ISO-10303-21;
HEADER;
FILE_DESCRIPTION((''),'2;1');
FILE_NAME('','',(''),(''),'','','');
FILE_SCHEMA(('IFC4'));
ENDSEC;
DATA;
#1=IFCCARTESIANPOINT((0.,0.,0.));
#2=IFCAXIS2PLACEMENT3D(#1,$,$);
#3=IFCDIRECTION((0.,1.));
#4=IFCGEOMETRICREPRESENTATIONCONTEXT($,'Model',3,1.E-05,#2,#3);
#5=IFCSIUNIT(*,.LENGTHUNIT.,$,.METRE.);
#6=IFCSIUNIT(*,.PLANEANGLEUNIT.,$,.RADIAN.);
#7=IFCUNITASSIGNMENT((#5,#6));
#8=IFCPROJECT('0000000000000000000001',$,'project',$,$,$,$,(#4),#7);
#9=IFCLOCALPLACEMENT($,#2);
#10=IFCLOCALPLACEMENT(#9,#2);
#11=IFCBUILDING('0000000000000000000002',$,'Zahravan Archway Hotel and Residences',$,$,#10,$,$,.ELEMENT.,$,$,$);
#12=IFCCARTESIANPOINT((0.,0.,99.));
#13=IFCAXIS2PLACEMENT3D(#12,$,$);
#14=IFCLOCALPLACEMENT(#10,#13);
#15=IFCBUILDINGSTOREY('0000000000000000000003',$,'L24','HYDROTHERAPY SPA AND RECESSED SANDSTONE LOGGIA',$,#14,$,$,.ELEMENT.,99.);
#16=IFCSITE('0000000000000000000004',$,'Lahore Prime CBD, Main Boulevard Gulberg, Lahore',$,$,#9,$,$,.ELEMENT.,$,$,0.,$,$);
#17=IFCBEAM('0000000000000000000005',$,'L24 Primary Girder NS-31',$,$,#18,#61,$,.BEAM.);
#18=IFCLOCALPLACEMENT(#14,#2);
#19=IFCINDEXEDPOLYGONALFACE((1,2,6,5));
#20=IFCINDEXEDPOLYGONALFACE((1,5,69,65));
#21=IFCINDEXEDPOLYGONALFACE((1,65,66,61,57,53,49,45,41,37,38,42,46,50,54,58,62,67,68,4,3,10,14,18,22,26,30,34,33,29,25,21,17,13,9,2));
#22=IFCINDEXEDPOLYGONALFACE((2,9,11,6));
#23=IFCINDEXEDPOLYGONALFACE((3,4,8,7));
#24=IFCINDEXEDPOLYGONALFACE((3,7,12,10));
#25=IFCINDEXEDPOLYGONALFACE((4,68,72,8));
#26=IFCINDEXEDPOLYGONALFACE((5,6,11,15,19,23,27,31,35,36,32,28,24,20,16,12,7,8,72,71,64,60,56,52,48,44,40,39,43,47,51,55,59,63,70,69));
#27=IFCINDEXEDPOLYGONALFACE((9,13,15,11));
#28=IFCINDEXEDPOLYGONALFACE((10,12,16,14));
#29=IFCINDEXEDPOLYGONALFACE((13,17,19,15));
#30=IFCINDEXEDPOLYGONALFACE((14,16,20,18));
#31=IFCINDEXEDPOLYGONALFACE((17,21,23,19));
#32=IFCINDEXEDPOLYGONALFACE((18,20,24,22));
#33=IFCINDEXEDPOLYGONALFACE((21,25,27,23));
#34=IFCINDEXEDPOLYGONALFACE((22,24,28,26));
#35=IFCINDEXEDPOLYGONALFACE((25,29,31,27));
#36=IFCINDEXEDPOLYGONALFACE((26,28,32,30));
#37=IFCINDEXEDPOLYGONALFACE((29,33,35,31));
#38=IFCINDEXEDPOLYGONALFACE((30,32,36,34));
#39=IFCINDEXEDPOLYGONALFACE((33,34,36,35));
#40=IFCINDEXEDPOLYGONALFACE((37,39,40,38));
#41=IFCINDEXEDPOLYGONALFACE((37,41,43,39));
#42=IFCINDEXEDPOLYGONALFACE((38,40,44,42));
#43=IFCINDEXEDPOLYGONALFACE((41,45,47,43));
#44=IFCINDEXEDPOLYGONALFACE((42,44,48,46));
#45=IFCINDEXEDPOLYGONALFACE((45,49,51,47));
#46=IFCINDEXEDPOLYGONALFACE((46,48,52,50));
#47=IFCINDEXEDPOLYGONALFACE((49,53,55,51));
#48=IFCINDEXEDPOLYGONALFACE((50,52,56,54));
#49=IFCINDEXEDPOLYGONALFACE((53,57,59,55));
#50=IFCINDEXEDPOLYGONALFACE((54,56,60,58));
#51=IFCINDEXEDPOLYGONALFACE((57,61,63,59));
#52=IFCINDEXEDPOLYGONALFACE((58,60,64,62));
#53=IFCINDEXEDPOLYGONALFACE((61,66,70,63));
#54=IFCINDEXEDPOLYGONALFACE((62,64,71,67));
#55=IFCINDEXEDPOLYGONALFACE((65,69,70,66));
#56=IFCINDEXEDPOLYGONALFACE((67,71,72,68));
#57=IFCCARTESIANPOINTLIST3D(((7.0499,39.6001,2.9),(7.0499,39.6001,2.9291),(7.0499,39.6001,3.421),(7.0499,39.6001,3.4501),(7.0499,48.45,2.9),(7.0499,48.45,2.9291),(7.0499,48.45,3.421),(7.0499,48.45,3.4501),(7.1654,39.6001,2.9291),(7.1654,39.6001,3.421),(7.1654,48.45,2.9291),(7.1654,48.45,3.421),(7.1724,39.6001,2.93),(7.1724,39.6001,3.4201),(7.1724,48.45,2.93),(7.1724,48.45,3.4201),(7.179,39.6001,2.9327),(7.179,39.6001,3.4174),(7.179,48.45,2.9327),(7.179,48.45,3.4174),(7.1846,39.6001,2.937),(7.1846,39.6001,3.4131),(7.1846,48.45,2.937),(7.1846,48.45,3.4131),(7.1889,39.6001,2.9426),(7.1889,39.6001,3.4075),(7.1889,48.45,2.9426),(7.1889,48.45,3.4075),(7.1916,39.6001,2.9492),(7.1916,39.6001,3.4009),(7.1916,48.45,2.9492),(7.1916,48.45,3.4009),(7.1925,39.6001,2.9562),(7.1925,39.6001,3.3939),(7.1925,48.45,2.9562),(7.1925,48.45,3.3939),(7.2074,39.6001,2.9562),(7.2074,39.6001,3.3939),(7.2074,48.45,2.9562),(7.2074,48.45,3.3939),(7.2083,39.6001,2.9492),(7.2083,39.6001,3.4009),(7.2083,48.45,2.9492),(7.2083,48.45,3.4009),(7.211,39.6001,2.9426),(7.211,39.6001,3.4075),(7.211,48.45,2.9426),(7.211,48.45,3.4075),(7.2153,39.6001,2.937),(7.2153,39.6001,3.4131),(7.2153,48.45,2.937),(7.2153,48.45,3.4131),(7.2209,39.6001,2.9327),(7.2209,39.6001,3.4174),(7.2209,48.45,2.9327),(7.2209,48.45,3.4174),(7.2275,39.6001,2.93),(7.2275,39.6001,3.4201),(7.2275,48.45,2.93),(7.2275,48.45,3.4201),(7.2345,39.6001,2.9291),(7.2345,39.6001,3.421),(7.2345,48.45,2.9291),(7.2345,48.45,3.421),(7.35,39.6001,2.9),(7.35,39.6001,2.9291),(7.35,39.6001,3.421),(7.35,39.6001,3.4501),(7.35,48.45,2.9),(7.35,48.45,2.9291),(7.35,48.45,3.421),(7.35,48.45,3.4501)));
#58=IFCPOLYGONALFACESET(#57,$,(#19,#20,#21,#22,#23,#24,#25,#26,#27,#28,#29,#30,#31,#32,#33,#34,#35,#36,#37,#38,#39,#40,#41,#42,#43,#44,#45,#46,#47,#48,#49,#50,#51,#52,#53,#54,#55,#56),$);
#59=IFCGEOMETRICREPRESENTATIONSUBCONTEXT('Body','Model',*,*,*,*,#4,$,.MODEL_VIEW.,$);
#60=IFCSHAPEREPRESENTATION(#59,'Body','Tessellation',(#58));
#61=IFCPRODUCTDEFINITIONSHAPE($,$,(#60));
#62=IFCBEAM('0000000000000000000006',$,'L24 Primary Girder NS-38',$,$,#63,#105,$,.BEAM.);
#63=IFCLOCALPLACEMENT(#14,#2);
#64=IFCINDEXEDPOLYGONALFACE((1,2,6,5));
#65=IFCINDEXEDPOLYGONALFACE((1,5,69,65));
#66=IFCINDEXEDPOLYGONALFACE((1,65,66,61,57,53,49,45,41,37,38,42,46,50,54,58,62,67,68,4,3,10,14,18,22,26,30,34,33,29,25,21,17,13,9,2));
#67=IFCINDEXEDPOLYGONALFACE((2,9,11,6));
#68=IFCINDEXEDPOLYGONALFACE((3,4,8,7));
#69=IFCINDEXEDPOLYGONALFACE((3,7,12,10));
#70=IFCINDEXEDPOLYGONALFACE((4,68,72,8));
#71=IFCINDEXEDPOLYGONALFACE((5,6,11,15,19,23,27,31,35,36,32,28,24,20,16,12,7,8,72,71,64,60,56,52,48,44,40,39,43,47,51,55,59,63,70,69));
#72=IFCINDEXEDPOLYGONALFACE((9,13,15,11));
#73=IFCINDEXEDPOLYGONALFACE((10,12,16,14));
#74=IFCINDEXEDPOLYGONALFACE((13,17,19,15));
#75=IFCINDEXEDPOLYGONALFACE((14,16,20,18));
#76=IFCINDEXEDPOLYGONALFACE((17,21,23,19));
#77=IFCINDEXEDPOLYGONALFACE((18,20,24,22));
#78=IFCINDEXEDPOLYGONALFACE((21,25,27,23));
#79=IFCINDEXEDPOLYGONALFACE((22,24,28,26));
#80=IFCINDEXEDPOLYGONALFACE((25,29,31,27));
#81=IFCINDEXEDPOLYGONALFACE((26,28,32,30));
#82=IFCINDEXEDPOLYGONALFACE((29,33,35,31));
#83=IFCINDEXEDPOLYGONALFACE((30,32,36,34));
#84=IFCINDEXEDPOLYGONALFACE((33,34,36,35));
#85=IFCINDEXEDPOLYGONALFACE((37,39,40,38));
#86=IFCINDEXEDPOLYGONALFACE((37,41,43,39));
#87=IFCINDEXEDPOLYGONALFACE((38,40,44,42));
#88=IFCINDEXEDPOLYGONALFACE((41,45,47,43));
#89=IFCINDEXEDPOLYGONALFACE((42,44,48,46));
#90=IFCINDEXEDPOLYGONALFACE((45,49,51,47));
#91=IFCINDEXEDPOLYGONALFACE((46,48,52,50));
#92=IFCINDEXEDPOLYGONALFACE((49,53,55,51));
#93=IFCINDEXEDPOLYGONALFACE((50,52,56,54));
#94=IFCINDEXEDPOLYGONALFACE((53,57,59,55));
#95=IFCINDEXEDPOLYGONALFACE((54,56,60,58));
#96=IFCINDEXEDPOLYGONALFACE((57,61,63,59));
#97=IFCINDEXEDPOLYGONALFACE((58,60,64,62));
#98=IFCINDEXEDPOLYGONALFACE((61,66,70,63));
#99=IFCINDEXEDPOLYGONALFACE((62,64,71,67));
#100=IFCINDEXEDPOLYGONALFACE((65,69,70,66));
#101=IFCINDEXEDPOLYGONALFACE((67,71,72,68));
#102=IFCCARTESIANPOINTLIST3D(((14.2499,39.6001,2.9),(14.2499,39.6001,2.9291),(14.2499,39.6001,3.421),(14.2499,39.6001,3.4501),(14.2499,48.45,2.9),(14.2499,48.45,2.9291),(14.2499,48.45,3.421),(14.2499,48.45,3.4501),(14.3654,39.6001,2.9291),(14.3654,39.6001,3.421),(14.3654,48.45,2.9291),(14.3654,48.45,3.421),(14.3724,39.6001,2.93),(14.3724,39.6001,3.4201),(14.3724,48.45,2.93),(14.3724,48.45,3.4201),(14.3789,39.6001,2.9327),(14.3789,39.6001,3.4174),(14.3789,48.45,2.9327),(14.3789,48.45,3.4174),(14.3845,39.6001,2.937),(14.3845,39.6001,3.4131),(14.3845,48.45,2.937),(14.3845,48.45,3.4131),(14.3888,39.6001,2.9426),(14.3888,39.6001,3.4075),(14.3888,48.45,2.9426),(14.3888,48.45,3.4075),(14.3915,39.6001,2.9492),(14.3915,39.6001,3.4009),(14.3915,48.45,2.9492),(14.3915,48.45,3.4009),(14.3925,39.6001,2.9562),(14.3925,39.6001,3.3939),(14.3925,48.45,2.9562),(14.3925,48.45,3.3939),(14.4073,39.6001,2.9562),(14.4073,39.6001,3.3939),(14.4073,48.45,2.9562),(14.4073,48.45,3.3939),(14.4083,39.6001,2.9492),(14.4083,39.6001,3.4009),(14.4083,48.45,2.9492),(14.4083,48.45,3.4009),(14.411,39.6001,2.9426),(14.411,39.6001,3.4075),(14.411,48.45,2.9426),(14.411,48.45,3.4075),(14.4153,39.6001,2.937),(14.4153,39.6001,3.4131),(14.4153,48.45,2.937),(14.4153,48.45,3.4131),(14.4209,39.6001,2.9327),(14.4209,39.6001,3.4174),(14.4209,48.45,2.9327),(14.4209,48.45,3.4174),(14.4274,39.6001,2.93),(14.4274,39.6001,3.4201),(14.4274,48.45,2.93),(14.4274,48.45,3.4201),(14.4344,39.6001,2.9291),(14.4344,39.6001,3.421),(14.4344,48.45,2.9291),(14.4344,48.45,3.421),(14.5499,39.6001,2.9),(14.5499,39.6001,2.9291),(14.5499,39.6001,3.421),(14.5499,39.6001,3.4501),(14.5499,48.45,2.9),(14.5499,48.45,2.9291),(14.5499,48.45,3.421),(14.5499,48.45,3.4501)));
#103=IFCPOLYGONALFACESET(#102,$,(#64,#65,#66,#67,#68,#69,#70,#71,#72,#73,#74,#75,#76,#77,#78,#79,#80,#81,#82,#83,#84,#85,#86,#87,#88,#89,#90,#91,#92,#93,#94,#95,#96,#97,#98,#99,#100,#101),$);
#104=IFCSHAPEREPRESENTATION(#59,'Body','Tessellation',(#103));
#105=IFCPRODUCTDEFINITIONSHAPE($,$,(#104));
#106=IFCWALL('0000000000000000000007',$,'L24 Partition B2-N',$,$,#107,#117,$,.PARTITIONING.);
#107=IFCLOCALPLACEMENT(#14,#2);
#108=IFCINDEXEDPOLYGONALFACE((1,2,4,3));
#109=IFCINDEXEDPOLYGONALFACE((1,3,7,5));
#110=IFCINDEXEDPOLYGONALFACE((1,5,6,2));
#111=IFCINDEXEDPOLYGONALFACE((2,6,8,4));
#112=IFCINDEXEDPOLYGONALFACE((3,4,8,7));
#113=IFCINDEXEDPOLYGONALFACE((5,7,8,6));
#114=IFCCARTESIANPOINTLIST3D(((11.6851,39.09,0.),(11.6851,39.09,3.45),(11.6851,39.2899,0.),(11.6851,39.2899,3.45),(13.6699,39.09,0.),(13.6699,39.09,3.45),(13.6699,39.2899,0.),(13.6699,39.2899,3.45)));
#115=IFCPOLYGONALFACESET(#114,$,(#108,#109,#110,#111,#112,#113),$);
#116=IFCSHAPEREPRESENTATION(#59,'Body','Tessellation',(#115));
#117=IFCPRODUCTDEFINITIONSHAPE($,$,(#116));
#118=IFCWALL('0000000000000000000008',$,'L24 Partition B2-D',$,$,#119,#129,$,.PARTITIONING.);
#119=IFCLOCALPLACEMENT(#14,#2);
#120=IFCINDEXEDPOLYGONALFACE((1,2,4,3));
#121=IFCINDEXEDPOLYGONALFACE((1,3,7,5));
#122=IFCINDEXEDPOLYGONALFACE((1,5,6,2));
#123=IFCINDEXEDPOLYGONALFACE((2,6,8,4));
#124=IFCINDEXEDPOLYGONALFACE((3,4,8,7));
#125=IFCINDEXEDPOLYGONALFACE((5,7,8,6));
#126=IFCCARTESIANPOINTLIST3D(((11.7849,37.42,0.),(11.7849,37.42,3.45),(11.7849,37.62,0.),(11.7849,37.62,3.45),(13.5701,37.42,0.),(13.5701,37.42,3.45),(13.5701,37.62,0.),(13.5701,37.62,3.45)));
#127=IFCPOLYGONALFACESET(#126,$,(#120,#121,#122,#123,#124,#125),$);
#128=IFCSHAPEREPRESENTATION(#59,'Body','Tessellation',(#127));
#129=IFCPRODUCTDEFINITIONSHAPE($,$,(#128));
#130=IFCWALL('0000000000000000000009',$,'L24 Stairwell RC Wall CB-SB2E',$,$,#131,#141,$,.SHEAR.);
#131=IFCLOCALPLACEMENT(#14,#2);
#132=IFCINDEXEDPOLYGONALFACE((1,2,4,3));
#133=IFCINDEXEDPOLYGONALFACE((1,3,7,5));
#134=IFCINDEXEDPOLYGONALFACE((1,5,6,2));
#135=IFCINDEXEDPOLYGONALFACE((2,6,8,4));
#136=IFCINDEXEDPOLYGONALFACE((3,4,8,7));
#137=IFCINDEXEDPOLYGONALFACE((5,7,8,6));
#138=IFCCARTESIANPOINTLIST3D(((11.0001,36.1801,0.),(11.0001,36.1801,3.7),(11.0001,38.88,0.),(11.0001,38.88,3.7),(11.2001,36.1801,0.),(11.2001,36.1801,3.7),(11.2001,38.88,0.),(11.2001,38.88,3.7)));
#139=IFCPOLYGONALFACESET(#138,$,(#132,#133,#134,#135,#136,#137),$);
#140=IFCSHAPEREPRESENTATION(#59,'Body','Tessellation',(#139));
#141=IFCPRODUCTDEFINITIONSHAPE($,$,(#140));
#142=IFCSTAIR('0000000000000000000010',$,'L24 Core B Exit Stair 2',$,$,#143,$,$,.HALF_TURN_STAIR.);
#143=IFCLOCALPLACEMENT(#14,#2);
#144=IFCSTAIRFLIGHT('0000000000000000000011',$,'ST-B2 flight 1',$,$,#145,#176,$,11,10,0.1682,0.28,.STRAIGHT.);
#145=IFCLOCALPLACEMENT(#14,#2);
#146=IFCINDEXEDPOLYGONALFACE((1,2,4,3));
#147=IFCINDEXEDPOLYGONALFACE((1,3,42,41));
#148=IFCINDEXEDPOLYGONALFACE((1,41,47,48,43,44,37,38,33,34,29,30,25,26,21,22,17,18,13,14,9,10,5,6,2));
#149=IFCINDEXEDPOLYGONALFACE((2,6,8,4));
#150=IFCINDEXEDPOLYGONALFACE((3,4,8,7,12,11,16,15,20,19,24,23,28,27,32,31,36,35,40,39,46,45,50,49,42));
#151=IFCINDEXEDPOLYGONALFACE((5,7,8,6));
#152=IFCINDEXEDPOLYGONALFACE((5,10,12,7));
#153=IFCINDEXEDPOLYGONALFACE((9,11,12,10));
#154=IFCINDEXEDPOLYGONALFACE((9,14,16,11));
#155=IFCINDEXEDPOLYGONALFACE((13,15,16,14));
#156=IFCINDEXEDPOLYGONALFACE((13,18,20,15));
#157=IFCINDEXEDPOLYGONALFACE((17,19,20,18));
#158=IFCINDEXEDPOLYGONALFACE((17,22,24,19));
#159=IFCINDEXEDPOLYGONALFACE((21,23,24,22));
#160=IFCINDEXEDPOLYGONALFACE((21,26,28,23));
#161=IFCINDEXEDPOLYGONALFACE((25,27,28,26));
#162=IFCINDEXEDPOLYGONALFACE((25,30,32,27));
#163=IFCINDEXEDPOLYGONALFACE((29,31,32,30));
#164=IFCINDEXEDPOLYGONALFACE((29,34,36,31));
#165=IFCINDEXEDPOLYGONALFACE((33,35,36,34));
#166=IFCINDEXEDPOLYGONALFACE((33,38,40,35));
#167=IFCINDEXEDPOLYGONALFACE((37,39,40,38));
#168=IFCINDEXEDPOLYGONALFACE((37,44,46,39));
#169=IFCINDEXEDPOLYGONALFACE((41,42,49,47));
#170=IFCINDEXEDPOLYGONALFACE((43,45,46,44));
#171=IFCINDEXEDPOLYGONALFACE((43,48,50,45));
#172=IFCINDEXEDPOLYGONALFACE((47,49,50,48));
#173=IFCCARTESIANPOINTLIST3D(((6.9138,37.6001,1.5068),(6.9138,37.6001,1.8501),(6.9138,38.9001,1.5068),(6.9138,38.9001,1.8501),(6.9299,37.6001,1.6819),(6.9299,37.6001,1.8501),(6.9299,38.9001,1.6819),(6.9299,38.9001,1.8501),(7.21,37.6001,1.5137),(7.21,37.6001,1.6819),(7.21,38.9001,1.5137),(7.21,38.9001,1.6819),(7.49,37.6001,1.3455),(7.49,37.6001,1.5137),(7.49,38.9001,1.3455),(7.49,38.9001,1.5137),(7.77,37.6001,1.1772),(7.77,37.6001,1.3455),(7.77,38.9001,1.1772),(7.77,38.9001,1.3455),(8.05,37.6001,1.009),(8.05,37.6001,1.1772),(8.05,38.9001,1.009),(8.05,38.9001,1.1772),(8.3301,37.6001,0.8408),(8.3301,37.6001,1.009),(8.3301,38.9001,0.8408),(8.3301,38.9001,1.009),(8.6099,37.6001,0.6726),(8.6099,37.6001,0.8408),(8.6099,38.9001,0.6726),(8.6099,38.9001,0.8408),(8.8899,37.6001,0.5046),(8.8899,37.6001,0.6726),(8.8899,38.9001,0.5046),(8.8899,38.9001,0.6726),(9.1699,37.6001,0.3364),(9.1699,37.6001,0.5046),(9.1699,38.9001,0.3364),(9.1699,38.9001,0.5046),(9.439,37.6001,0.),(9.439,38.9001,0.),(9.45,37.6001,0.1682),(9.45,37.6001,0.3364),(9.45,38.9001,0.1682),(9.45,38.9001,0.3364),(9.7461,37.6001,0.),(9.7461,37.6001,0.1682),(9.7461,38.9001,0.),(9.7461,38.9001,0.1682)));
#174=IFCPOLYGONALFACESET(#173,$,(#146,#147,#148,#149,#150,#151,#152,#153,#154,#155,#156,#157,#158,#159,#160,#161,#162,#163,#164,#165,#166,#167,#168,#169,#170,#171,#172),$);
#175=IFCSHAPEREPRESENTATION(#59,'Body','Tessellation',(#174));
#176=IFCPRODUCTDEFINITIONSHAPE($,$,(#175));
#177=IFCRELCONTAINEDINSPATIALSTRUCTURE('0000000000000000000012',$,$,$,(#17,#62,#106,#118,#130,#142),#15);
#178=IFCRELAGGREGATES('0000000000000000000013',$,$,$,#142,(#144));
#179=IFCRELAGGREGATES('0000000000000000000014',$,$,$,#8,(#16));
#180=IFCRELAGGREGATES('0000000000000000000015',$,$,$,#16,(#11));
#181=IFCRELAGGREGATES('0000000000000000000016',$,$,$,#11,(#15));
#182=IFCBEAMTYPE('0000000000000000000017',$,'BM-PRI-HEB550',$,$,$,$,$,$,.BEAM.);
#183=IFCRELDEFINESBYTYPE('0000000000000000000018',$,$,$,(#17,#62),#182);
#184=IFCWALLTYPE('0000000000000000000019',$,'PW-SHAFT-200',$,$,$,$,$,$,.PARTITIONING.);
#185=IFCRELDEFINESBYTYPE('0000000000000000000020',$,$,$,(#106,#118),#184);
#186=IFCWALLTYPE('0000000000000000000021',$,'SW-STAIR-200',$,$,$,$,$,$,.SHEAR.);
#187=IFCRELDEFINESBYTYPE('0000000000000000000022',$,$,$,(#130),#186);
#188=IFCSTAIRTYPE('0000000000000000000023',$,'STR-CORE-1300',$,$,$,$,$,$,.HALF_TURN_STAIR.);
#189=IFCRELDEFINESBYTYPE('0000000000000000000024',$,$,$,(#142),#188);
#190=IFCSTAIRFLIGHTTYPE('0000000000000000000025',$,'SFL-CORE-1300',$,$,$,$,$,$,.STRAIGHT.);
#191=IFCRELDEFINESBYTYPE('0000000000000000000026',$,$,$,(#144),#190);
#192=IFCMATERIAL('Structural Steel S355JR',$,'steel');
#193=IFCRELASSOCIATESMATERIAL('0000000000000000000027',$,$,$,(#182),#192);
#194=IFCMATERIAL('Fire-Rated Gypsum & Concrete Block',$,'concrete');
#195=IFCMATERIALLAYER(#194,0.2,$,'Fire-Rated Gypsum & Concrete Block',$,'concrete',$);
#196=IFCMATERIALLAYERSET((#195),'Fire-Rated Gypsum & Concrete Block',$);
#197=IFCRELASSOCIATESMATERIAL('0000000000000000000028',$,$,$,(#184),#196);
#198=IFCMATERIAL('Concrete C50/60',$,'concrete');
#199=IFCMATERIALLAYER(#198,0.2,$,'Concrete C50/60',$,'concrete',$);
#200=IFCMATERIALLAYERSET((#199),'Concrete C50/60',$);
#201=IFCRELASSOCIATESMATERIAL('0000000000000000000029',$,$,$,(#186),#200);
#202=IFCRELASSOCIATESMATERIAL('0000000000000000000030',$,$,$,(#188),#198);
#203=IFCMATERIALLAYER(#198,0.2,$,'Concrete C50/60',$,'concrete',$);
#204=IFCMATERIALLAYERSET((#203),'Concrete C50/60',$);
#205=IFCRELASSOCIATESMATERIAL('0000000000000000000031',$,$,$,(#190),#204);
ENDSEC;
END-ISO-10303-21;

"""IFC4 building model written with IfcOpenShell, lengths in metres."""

from ifc_helpers import new_model, si_unit, direction, frame, frame_2d, origin, origin_2d, place, context, subcontext, project, spatial, polyline, rectangle, i_section, outline, extrude, source, transform, mapped, material, layer, layer_set, material_profile, profile_set, type_object, element, aggregate, save


model = new_model("IFC4")

# Units and contexts
model_context = context("Model", 3, precision=1e-05, world=origin(), true_north=direction((0.0, 1.0)))
body_context = subcontext(model_context, "Body", "Model", "MODEL_VIEW")
ifc_project = project(units=[si_unit("LENGTHUNIT", "METRE"), si_unit("PLANEANGLEUNIT", "RADIAN")], contexts=[model_context])

# Site, building, storey
site_placement = place(None, origin())
site = spatial("IfcSite", under=ifc_project, at=site_placement, Name="Lahore Prime CBD, Main Boulevard Gulberg, Lahore", CompositionType="ELEMENT", RefElevation=0.0)
building_placement = place(site_placement, origin())
building = spatial("IfcBuilding", under=site, at=building_placement, Name="Zahravan Archway Hotel and Residences", CompositionType="ELEMENT")
storey_placement = place(building_placement, frame((0.0, 0.0, 99.0)))
storey = spatial("IfcBuildingStorey", under=building, at=storey_placement, Name="L24", Description="HYDROTHERAPY SPA AND RECESSED SANDSTONE LOGGIA", CompositionType="ELEMENT", Elevation=99.0)

# Beams
ifc_material_1 = material(Name="Structural Steel S355JR", Category="steel")
ifc_material_profile_1 = material_profile(ifc_material_1, i_section(OverallWidth=0.3, OverallDepth=0.55, WebThickness=0.0149, FlangeThickness=0.0291, FilletRadius=0.0271, at=origin_2d()), Name="HEB 550", Category="steel")
ifc_profile_set_1 = profile_set([ifc_material_profile_1], Name="Structural Steel S355JR")
beam_type_1 = type_object("IfcBeamType", Name="BM-PRI-HEB550", PredefinedType="BEAM", material=ifc_profile_set_1)
shared_shape_1 = source(origin(), body_context, "Body", "SweptSolid", [
    extrude(i_section(OverallWidth=0.3, OverallDepth=0.55, WebThickness=0.0149, FlangeThickness=0.0291, FilletRadius=0.0271, at=origin_2d()), origin(), (0.0, 0.0, 1.0), 8.8499),
])
for number, where, z_axis, x_axis, name in (
    (1, (7.2, 39.6001, 3.175), (0.0, 1.0, 0.0), (-1.0, 0.0, 0.0), "L24 Primary Girder NS-31"),
    (2, (14.3999, 39.6001, 3.175), (0.0, 1.0, 0.0), (-1.0, 0.0, 0.0), "L24 Primary Girder NS-38"),
):
    element("IfcBeam", number, at=place(storey_placement, frame(where, z_axis=z_axis, x_axis=x_axis)), inside=storey, type_object=beam_type_1, Name=name, PredefinedType="BEAM", context=body_context, shape_type="MappedRepresentation", body=[
        mapped(shared_shape_1, transform((0.0, 0.0, 0.0), scale=1.0)),
    ])

# Walls
ifc_material_2 = material(Name="Fire-Rated Gypsum & Concrete Block", Category="concrete")
ifc_layer_1 = layer(ifc_material_2, 0.2, Name="Fire-Rated Gypsum & Concrete Block", Category="concrete")
ifc_layer_set_1 = layer_set([ifc_layer_1], Name="Fire-Rated Gypsum & Concrete Block")
wall_type_1 = type_object("IfcWallType", Name="PW-SHAFT-200", PredefinedType="PARTITIONING", material=ifc_layer_set_1)
wall_1_placement = place(storey_placement, frame((11.6851, 39.1899, 0.0), z_axis=(0.0, 0.0, 1.0), x_axis=(1.0, 0.0, 0.0)))
element("IfcWall", 3, at=wall_1_placement, inside=storey, type_object=wall_type_1, Name="L24 Partition B2-N", PredefinedType="PARTITIONING", context=body_context, shape_type="SweptSolid", body=[
    extrude(rectangle(XDim=1.9849, YDim=0.2, at=frame_2d((0.9924, 0.0))), origin(), (0.0, 0.0, 1.0), 3.45),
])
wall_2_placement = place(storey_placement, frame((11.7849, 37.52, 0.0), z_axis=(0.0, 0.0, 1.0), x_axis=(1.0, 0.0, 0.0)))
element("IfcWall", 4, at=wall_2_placement, inside=storey, type_object=wall_type_1, Name="L24 Partition B2-D", PredefinedType="PARTITIONING", context=body_context, shape_type="SweptSolid", body=[
    extrude(rectangle(XDim=1.7852, YDim=0.2, at=frame_2d((0.8926, 0.0))), origin(), (0.0, 0.0, 1.0), 3.45),
])
ifc_material_3 = material(Name="Concrete C50/60", Category="concrete")
ifc_layer_2 = layer(ifc_material_3, 0.2, Name="Concrete C50/60", Category="concrete")
ifc_layer_set_2 = layer_set([ifc_layer_2], Name="Concrete C50/60")
wall_type_2 = type_object("IfcWallType", Name="SW-STAIR-200", PredefinedType="SHEAR", material=ifc_layer_set_2)
wall_3_placement = place(storey_placement, frame((11.1001, 36.1799, 0.0), z_axis=(0.0, 0.0, 1.0), x_axis=(0.0, 1.0, 0.0)))
element("IfcWall", 5, at=wall_3_placement, inside=storey, type_object=wall_type_2, Name="L24 Stairwell RC Wall CB-SB2E", PredefinedType="SHEAR", context=body_context, shape_type="SweptSolid", body=[
    extrude(rectangle(XDim=2.7, YDim=0.2, at=frame_2d((1.3501, 0.0))), origin(), (0.0, 0.0, 1.0), 3.7),
])

# Stair, stair flight
stair_type = type_object("IfcStairType", Name="STR-CORE-1300", PredefinedType="HALF_TURN_STAIR", material=ifc_material_3)
stair_placement = place(storey_placement, origin())
stair = element("IfcStair", 6, at=stair_placement, inside=storey, type_object=stair_type, Name="L24 Core B Exit Stair 2", PredefinedType="HALF_TURN_STAIR")
ifc_layer_3 = layer(ifc_material_3, 0.2, Name="Concrete C50/60", Category="concrete")
ifc_layer_set_3 = layer_set([ifc_layer_3], Name="Concrete C50/60")
stair_flight_type = type_object("IfcStairFlightType", Name="SFL-CORE-1300", PredefinedType="STRAIGHT", material=ifc_layer_set_3)
shared_shape_2 = source(origin(), body_context, "Body", "SweptSolid", [
    extrude(outline(polyline([(-0.0161, 0.0), (-0.0161, 0.1682), (0.28, 0.1682), (0.28, 0.3364), (0.5601, 0.3364), (0.5601, 0.5046), (0.8401, 0.5046), (0.8401, 0.6726), (1.1201, 0.6726), (1.1201, 0.8408), (1.3999, 0.8408), (1.3999, 1.009), (1.6799, 1.009), (1.6799, 1.1772), (1.96, 1.1772), (1.96, 1.3455), (2.24, 1.3455), (2.24, 1.5137), (2.52, 1.5137), (2.52, 1.6819), (2.8, 1.6819), (2.8, 1.8501), (2.8162, 1.8501), (2.8162, 1.5068), (0.291, 0.0), (-0.0161, 0.0)])), frame((0.0, 0.6499, 0.0), z_axis=(0.0, -1.0, 0.0), x_axis=(1.0, 0.0, 0.0)), (0.0, 0.0, 1.0), 1.3),
])
stair_flight_placement = place(storey_placement, frame((9.73, 38.25, 0.0), z_axis=(0.0, 0.0, 1.0), x_axis=(-1.0, 0.0, 0.0)))
stair_flight = element("IfcStairFlight", 7, at=stair_flight_placement, type_object=stair_flight_type, Name="ST-B2 flight 1", NumberOfRisers=11, NumberOfTreads=10, PredefinedType="STRAIGHT", RiserHeight=0.1682, TreadLength=0.28, context=body_context, shape_type="MappedRepresentation", body=[
    mapped(shared_shape_2, transform((0.0, 0.0, 0.0), scale=1.0)),
])
aggregate(stair, [stair_flight])

save(model, "model.ifc")
